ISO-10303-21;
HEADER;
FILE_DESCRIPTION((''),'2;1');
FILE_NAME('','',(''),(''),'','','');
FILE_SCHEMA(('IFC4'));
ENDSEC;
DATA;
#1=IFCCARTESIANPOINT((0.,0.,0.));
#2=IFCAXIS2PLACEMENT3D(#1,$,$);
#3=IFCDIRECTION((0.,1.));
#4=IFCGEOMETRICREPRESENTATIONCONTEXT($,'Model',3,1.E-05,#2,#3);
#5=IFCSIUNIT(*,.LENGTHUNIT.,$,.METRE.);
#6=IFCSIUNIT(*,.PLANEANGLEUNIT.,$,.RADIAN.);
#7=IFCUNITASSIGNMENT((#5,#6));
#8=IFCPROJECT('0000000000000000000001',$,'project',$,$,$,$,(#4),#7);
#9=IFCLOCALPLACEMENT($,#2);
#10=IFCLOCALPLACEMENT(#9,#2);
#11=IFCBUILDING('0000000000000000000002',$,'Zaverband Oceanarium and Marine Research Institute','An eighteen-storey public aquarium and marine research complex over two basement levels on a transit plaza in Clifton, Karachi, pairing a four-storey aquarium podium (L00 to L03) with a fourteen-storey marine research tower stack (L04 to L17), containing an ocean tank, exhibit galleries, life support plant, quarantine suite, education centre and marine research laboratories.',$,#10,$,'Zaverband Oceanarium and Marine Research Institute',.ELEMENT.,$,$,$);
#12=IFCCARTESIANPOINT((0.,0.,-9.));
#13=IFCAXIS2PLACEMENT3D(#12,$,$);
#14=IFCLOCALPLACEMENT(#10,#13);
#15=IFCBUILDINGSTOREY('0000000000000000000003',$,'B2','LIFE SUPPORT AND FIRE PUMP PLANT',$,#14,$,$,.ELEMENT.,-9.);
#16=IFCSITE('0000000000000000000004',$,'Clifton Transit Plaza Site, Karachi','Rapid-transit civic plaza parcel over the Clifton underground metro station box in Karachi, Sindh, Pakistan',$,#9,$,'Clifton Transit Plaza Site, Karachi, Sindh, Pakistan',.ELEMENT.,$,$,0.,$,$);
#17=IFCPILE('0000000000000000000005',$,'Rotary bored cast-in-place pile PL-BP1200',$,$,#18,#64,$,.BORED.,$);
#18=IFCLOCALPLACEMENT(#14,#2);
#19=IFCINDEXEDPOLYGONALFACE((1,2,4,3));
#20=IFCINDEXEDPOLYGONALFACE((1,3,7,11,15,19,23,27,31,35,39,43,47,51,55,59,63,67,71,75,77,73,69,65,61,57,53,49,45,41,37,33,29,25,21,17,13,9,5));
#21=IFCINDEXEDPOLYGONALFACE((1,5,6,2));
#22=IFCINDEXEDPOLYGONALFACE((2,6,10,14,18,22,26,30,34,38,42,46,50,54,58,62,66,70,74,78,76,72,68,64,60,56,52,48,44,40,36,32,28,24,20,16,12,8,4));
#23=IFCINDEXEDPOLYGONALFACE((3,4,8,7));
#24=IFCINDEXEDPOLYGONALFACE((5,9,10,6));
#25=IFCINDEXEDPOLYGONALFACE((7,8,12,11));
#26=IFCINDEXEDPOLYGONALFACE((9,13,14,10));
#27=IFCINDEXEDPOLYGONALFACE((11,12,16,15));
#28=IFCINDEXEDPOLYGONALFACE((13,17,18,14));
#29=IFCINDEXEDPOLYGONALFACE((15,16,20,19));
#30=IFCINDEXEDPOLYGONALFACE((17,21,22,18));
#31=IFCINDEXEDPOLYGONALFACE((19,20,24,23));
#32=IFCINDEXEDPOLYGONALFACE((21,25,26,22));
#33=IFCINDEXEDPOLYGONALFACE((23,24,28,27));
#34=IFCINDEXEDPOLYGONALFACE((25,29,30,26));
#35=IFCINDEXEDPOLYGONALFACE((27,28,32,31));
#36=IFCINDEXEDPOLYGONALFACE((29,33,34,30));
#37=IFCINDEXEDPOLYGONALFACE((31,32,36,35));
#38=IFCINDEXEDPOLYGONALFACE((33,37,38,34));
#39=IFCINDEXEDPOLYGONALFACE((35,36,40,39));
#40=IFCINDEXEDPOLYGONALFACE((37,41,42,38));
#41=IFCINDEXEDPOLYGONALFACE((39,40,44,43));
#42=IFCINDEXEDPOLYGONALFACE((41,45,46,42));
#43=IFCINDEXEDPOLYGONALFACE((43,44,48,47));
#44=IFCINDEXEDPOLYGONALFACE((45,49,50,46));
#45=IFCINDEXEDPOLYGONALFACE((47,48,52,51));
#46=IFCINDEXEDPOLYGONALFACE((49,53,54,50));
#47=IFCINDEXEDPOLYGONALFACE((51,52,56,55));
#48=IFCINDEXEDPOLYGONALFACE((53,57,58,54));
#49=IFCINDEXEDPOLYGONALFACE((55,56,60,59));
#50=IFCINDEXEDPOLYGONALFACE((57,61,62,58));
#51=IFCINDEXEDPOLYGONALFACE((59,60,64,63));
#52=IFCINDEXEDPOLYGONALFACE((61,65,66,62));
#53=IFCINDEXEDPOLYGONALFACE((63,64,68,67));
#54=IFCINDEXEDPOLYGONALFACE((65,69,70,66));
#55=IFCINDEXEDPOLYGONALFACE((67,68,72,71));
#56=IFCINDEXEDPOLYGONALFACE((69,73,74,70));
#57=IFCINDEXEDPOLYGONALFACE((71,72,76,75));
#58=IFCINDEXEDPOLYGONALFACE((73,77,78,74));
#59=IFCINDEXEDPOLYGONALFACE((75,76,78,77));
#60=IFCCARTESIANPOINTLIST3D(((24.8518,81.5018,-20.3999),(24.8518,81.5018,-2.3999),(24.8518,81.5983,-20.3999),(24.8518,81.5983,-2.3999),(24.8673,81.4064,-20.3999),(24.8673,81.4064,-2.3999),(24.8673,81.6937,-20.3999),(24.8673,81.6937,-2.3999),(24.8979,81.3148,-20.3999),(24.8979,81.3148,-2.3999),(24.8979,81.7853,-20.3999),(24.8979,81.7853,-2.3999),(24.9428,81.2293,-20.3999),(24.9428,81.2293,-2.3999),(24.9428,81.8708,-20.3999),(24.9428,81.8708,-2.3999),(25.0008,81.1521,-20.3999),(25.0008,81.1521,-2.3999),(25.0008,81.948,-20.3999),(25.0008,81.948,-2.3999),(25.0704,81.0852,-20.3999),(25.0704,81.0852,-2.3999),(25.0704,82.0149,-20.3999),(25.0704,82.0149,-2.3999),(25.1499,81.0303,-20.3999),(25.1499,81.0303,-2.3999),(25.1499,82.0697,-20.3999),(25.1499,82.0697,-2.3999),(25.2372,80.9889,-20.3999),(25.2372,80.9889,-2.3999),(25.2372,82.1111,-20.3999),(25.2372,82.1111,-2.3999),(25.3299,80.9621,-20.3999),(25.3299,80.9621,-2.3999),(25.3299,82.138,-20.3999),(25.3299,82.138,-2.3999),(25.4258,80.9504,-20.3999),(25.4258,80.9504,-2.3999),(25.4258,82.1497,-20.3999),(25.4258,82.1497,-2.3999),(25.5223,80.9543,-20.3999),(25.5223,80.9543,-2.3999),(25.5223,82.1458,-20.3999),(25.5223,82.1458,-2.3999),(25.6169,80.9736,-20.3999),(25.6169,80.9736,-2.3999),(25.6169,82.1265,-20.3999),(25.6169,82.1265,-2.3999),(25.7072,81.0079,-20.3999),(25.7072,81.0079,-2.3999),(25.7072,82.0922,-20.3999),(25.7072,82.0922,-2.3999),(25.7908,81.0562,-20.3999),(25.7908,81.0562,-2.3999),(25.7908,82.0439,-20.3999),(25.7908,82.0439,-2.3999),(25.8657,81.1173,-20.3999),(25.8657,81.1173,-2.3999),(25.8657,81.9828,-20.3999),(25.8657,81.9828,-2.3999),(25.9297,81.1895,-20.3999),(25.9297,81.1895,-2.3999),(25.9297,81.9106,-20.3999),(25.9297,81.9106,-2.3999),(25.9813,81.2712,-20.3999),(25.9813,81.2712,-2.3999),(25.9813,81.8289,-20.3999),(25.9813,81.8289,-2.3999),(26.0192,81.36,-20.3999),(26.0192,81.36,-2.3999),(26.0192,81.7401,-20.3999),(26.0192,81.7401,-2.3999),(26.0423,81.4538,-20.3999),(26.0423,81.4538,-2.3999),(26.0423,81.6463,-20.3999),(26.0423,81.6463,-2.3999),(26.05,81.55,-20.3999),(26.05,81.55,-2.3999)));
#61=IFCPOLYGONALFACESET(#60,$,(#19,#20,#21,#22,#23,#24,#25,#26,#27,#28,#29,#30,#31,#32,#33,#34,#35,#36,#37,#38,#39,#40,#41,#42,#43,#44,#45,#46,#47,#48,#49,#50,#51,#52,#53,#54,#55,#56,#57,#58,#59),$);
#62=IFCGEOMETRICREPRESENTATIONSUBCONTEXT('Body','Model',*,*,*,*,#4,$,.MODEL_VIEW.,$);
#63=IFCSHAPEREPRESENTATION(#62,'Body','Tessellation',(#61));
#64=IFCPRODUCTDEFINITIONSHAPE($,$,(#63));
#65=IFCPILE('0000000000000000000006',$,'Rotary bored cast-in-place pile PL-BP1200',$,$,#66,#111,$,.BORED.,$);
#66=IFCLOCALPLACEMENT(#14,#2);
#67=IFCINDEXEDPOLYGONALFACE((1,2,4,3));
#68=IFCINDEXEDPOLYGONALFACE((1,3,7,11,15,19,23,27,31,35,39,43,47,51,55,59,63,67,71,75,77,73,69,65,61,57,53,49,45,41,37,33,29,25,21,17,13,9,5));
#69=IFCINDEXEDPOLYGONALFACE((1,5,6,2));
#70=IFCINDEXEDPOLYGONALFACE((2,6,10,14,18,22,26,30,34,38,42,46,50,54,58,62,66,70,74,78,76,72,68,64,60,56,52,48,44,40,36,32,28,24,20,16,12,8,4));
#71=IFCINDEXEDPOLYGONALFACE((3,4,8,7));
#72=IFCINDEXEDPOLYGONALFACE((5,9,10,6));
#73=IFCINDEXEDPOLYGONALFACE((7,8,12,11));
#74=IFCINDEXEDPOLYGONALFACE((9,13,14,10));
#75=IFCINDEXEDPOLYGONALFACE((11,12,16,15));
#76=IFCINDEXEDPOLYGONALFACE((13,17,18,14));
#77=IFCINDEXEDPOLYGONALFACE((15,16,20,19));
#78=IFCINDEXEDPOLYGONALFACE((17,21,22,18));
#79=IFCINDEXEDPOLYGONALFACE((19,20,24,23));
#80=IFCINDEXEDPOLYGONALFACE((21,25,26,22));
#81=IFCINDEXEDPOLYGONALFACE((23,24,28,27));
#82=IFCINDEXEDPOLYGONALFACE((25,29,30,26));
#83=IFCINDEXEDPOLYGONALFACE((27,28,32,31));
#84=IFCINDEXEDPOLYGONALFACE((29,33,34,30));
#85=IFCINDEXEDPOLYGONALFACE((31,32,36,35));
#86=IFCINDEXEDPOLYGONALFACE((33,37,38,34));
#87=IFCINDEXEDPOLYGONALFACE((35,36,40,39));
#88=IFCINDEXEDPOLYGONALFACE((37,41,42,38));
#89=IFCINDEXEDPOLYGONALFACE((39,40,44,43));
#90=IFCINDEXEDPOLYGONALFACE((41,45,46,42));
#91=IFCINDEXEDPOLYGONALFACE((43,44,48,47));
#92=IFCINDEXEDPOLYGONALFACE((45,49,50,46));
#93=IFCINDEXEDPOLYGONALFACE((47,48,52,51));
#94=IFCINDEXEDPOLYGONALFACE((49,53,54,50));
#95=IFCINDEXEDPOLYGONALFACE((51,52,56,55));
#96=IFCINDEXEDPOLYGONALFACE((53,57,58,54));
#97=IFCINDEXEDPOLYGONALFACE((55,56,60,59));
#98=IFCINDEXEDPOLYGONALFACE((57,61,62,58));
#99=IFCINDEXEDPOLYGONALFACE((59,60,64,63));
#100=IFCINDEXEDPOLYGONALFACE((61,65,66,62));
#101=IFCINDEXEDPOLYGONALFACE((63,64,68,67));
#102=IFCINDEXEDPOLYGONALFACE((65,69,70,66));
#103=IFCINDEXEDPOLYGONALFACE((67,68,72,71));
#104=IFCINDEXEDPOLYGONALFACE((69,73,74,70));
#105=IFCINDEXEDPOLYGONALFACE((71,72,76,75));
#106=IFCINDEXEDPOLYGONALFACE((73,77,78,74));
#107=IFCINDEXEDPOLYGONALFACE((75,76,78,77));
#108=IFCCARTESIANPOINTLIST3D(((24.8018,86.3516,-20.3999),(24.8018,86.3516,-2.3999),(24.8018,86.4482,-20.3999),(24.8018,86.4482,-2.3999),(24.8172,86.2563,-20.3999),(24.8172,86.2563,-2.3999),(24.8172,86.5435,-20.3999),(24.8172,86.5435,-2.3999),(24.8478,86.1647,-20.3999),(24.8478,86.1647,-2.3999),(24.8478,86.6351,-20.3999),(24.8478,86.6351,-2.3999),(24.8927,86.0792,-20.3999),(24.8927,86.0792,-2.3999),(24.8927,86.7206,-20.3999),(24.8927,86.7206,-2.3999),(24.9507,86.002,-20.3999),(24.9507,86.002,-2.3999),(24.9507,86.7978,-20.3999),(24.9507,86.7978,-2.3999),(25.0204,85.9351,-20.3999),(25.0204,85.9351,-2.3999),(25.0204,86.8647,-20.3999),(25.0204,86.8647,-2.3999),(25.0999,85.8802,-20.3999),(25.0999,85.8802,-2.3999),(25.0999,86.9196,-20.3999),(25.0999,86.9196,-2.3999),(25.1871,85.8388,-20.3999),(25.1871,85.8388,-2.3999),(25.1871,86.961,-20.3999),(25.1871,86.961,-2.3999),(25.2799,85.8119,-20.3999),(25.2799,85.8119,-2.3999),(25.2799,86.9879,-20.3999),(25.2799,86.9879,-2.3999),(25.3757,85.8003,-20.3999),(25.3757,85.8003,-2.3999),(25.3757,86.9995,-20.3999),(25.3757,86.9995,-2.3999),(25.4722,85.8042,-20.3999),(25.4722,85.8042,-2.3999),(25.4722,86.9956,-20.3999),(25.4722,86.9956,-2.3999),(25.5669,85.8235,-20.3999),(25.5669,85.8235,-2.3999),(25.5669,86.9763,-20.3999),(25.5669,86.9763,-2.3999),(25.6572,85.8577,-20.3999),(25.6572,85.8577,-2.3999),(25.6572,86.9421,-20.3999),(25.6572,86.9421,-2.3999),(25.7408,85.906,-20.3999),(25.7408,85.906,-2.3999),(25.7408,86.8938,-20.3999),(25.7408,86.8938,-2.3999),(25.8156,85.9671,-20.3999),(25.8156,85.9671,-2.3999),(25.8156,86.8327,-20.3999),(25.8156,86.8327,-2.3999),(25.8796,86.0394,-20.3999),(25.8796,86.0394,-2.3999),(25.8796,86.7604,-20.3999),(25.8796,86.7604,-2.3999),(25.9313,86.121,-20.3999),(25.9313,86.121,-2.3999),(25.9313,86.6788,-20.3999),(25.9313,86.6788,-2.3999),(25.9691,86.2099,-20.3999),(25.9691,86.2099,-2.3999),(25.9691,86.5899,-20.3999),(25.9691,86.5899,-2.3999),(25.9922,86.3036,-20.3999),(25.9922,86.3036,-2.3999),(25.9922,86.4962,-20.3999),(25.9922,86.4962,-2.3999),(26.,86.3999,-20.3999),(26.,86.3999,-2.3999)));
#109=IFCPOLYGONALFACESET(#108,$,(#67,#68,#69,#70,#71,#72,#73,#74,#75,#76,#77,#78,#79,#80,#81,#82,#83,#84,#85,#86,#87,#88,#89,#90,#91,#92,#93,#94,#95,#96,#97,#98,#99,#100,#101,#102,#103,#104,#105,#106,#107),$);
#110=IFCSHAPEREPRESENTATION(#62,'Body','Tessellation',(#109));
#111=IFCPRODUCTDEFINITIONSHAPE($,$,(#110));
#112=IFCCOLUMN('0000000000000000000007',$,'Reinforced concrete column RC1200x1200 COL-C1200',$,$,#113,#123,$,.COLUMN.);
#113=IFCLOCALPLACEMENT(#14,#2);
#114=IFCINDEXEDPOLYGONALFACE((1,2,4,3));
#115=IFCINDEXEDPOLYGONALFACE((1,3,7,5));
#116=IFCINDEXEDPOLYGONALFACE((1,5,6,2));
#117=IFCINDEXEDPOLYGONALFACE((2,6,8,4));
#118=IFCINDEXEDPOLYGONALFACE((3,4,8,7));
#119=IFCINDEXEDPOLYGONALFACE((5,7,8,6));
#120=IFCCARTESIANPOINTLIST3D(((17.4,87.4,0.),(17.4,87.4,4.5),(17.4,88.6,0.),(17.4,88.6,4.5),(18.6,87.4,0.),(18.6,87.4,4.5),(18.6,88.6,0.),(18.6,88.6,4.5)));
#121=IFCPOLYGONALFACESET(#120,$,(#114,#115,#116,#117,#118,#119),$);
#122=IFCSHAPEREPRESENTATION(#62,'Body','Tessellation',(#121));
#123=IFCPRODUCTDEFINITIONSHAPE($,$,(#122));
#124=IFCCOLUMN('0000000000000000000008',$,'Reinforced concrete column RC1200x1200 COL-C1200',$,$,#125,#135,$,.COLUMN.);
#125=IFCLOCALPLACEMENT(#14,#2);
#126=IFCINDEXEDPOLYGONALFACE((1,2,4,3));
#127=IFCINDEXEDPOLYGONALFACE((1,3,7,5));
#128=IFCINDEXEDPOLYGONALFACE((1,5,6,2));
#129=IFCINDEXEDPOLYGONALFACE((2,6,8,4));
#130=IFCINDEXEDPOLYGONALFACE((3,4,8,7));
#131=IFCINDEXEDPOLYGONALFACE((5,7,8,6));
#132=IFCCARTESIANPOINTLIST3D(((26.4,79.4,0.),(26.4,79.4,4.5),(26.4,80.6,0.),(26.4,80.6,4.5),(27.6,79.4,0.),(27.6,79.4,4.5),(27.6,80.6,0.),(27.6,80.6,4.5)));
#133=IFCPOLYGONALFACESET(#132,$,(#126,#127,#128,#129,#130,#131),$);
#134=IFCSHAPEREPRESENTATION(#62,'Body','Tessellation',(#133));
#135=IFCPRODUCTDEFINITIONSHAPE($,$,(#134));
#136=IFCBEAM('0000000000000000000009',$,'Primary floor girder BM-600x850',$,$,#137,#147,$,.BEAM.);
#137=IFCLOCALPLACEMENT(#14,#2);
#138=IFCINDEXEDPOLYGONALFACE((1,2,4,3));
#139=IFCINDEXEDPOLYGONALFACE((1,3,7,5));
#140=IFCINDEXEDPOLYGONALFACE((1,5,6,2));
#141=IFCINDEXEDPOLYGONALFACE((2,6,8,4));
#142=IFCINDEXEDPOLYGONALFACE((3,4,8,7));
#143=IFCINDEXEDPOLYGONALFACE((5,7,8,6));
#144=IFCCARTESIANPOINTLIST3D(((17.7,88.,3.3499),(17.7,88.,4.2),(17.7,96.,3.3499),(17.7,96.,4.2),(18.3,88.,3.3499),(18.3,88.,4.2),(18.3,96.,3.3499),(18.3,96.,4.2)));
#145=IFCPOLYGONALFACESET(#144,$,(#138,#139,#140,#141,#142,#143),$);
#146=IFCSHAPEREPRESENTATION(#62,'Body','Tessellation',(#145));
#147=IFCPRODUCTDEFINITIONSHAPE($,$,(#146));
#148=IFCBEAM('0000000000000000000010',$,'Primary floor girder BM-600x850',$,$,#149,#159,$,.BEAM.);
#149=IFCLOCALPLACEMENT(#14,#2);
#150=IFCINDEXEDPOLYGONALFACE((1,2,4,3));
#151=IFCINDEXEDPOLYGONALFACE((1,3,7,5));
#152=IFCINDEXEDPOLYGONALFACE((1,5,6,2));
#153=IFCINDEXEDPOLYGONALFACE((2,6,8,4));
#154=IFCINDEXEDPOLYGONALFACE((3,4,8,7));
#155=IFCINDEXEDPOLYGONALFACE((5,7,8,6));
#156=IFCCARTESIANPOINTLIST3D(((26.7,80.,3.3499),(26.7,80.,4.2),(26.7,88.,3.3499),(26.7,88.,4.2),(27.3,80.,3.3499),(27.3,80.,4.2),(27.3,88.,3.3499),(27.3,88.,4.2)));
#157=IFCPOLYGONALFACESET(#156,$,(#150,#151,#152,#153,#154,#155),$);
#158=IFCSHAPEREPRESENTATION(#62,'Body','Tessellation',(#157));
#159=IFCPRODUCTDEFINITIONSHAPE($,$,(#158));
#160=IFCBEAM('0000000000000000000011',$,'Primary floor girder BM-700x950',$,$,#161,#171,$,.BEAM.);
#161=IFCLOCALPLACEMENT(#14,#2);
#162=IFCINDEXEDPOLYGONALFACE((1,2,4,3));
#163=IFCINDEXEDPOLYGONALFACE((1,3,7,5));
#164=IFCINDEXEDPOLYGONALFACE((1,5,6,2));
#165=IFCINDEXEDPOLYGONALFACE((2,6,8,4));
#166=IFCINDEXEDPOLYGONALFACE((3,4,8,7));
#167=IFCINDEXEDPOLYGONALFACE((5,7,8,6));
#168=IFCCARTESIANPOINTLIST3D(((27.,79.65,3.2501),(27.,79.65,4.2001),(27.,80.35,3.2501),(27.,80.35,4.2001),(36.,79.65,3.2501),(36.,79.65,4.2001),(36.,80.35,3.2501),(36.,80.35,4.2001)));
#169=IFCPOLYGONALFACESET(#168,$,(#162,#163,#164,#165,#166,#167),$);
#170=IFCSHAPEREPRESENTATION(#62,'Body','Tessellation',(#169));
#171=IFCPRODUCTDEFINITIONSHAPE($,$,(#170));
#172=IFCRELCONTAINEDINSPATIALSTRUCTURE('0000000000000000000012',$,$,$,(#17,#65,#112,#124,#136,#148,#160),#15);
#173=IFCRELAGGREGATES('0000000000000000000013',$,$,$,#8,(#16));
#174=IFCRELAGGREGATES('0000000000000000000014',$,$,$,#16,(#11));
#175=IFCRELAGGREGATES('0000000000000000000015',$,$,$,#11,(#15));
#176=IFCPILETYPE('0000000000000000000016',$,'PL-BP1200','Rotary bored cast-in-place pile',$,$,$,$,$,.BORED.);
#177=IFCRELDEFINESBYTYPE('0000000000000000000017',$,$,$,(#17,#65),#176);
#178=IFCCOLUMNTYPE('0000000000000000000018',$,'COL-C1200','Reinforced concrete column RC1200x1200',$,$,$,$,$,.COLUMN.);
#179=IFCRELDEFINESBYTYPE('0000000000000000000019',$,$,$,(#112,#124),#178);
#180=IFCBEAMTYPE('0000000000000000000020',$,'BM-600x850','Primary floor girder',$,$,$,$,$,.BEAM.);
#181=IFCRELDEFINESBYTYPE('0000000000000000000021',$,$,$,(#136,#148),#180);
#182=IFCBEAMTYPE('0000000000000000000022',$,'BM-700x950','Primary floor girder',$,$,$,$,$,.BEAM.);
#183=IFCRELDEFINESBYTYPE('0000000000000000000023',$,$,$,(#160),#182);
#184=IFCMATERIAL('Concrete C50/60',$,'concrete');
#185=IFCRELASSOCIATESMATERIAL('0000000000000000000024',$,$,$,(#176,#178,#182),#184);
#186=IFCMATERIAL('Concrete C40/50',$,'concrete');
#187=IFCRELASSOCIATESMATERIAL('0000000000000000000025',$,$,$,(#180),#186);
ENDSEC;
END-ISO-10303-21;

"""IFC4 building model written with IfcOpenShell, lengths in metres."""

from ifc_helpers import new_model, si_unit, direction, frame, origin, origin_2d, place, context, subcontext, project, spatial, rectangle, circle, extrude, material, material_profile, profile_set, type_object, element, save


model = new_model("IFC4")

# Units and contexts
model_context = context("Model", 3, precision=1e-05, world=origin(), true_north=direction((0.0, 1.0)))
body_context = subcontext(model_context, "Body", "Model", "MODEL_VIEW")
ifc_project = project(units=[si_unit("LENGTHUNIT", "METRE"), si_unit("PLANEANGLEUNIT", "RADIAN")], contexts=[model_context])

# Site, building, storey
site_placement = place(None, origin())
site = spatial("IfcSite", under=ifc_project, at=site_placement, Name="Clifton Transit Plaza Site, Karachi", Description="Rapid-transit civic plaza parcel over the Clifton underground metro station box in Karachi, Sindh, Pakistan", LongName="Clifton Transit Plaza Site, Karachi, Sindh, Pakistan", CompositionType="ELEMENT", RefElevation=0.0)
building_placement = place(site_placement, origin())
building = spatial("IfcBuilding", under=site, at=building_placement, Name="Zaverband Oceanarium and Marine Research Institute", Description="An eighteen-storey public aquarium and marine research complex over two basement levels on a transit plaza in Clifton, Karachi, pairing a four-storey aquarium podium (L00 to L03) with a fourteen-storey marine research tower stack (L04 to L17), containing an ocean tank, exhibit galleries, life support plant, quarantine suite, education centre and marine research laboratories.", LongName="Zaverband Oceanarium and Marine Research Institute", CompositionType="ELEMENT")
storey_placement = place(building_placement, frame((0.0, 0.0, -9.0)))
storey = spatial("IfcBuildingStorey", under=building, at=storey_placement, Name="B2", Description="LIFE SUPPORT AND FIRE PUMP PLANT", CompositionType="ELEMENT", Elevation=-9.0)

# Shared definitions
ifc_material_1 = material(Name="Concrete C50/60", Category="concrete")

# Piles
ifc_material_profile_1 = material_profile(ifc_material_1, circle(Radius=0.6001, at=origin_2d()), Name="BP1200")
ifc_profile_set_1 = profile_set([ifc_material_profile_1], Name="Concrete C50/60")
pile_type = type_object("IfcPileType", Name="PL-BP1200", Description="Rotary bored cast-in-place pile", PredefinedType="BORED", material=ifc_profile_set_1)
for number, where, z_axis, x_axis, name in (
    (1, (25.45, 81.55, -2.3999), (0.0, 0.0, -1.0), (1.0, 0.0, 0.0), "Rotary bored cast-in-place pile PL-BP1200"),
    (2, (25.3999, 86.3999, -2.3999), (0.0, 0.0, -1.0), (1.0, 0.0, 0.0), "Rotary bored cast-in-place pile PL-BP1200"),
):
    element("IfcPile", number, at=place(storey_placement, frame(where, z_axis=z_axis, x_axis=x_axis)), inside=storey, type_object=pile_type, Name=name, PredefinedType="BORED", context=body_context, shape_type="SweptSolid", body=[
        extrude(circle(Radius=0.6001, at=origin_2d()), origin(), (0.0, 0.0, 1.0), 18.0),
    ])

# Columns
ifc_material_profile_2 = material_profile(ifc_material_1, rectangle(XDim=1.2, YDim=1.2, at=origin_2d()), Name="RC1200x1200")
ifc_profile_set_2 = profile_set([ifc_material_profile_2], Name="Concrete C50/60")
column_type = type_object("IfcColumnType", Name="COL-C1200", Description="Reinforced concrete column RC1200x1200", PredefinedType="COLUMN", material=ifc_profile_set_2)
for number, where, z_axis, x_axis, name in (
    (3, (18.0, 88.0, 0.0), (0.0, 0.0, 1.0), (1.0, 0.0, 0.0), "Reinforced concrete column RC1200x1200 COL-C1200"),
    (4, (27.0, 80.0, 0.0), (0.0, 0.0, 1.0), (1.0, 0.0, 0.0), "Reinforced concrete column RC1200x1200 COL-C1200"),
):
    element("IfcColumn", number, at=place(storey_placement, frame(where, z_axis=z_axis, x_axis=x_axis)), inside=storey, type_object=column_type, Name=name, PredefinedType="COLUMN", context=body_context, shape_type="SweptSolid", body=[
        extrude(rectangle(XDim=1.2, YDim=1.2, at=origin_2d()), origin(), (0.0, 0.0, 1.0), 4.5),
    ])

# Beams
ifc_material_2 = material(Name="Concrete C40/50", Category="concrete")
ifc_material_profile_3 = material_profile(ifc_material_2, rectangle(XDim=0.6001, YDim=0.8501, at=origin_2d()), Name="RC600x850")
ifc_profile_set_3 = profile_set([ifc_material_profile_3], Name="Concrete C40/50")
beam_type_1 = type_object("IfcBeamType", Name="BM-600x850", Description="Primary floor girder", PredefinedType="BEAM", material=ifc_profile_set_3)
for number, where, z_axis, x_axis, name in (
    (5, (18.0, 88.0, 3.7749), (0.0, 1.0, 0.0), (-1.0, 0.0, 0.0), "Primary floor girder BM-600x850"),
    (6, (27.0, 80.0, 3.7749), (0.0, 1.0, 0.0), (-1.0, 0.0, 0.0), "Primary floor girder BM-600x850"),
):
    element("IfcBeam", number, at=place(storey_placement, frame(where, z_axis=z_axis, x_axis=x_axis)), inside=storey, type_object=beam_type_1, Name=name, PredefinedType="BEAM", context=body_context, shape_type="SweptSolid", body=[
        extrude(rectangle(XDim=0.6001, YDim=0.8501, at=origin_2d()), origin(), (0.0, 0.0, 1.0), 8.0),
    ])
ifc_material_profile_4 = material_profile(ifc_material_1, rectangle(XDim=0.7, YDim=0.95, at=origin_2d()), Name="RC700x950")
ifc_profile_set_4 = profile_set([ifc_material_profile_4], Name="Concrete C50/60")
beam_type_2 = type_object("IfcBeamType", Name="BM-700x950", Description="Primary floor girder", PredefinedType="BEAM", material=ifc_profile_set_4)
beam_placement = place(storey_placement, frame((27.0, 80.0, 3.7251), z_axis=(1.0, 0.0, 0.0), x_axis=(0.0, 1.0, 0.0)))
element("IfcBeam", 7, at=beam_placement, inside=storey, type_object=beam_type_2, Name="Primary floor girder BM-700x950", PredefinedType="BEAM", context=body_context, shape_type="SweptSolid", body=[
    extrude(rectangle(XDim=0.7, YDim=0.95, at=origin_2d()), origin(), (0.0, 0.0, 1.0), 9.0),
])

save(model, "model.ifc")
